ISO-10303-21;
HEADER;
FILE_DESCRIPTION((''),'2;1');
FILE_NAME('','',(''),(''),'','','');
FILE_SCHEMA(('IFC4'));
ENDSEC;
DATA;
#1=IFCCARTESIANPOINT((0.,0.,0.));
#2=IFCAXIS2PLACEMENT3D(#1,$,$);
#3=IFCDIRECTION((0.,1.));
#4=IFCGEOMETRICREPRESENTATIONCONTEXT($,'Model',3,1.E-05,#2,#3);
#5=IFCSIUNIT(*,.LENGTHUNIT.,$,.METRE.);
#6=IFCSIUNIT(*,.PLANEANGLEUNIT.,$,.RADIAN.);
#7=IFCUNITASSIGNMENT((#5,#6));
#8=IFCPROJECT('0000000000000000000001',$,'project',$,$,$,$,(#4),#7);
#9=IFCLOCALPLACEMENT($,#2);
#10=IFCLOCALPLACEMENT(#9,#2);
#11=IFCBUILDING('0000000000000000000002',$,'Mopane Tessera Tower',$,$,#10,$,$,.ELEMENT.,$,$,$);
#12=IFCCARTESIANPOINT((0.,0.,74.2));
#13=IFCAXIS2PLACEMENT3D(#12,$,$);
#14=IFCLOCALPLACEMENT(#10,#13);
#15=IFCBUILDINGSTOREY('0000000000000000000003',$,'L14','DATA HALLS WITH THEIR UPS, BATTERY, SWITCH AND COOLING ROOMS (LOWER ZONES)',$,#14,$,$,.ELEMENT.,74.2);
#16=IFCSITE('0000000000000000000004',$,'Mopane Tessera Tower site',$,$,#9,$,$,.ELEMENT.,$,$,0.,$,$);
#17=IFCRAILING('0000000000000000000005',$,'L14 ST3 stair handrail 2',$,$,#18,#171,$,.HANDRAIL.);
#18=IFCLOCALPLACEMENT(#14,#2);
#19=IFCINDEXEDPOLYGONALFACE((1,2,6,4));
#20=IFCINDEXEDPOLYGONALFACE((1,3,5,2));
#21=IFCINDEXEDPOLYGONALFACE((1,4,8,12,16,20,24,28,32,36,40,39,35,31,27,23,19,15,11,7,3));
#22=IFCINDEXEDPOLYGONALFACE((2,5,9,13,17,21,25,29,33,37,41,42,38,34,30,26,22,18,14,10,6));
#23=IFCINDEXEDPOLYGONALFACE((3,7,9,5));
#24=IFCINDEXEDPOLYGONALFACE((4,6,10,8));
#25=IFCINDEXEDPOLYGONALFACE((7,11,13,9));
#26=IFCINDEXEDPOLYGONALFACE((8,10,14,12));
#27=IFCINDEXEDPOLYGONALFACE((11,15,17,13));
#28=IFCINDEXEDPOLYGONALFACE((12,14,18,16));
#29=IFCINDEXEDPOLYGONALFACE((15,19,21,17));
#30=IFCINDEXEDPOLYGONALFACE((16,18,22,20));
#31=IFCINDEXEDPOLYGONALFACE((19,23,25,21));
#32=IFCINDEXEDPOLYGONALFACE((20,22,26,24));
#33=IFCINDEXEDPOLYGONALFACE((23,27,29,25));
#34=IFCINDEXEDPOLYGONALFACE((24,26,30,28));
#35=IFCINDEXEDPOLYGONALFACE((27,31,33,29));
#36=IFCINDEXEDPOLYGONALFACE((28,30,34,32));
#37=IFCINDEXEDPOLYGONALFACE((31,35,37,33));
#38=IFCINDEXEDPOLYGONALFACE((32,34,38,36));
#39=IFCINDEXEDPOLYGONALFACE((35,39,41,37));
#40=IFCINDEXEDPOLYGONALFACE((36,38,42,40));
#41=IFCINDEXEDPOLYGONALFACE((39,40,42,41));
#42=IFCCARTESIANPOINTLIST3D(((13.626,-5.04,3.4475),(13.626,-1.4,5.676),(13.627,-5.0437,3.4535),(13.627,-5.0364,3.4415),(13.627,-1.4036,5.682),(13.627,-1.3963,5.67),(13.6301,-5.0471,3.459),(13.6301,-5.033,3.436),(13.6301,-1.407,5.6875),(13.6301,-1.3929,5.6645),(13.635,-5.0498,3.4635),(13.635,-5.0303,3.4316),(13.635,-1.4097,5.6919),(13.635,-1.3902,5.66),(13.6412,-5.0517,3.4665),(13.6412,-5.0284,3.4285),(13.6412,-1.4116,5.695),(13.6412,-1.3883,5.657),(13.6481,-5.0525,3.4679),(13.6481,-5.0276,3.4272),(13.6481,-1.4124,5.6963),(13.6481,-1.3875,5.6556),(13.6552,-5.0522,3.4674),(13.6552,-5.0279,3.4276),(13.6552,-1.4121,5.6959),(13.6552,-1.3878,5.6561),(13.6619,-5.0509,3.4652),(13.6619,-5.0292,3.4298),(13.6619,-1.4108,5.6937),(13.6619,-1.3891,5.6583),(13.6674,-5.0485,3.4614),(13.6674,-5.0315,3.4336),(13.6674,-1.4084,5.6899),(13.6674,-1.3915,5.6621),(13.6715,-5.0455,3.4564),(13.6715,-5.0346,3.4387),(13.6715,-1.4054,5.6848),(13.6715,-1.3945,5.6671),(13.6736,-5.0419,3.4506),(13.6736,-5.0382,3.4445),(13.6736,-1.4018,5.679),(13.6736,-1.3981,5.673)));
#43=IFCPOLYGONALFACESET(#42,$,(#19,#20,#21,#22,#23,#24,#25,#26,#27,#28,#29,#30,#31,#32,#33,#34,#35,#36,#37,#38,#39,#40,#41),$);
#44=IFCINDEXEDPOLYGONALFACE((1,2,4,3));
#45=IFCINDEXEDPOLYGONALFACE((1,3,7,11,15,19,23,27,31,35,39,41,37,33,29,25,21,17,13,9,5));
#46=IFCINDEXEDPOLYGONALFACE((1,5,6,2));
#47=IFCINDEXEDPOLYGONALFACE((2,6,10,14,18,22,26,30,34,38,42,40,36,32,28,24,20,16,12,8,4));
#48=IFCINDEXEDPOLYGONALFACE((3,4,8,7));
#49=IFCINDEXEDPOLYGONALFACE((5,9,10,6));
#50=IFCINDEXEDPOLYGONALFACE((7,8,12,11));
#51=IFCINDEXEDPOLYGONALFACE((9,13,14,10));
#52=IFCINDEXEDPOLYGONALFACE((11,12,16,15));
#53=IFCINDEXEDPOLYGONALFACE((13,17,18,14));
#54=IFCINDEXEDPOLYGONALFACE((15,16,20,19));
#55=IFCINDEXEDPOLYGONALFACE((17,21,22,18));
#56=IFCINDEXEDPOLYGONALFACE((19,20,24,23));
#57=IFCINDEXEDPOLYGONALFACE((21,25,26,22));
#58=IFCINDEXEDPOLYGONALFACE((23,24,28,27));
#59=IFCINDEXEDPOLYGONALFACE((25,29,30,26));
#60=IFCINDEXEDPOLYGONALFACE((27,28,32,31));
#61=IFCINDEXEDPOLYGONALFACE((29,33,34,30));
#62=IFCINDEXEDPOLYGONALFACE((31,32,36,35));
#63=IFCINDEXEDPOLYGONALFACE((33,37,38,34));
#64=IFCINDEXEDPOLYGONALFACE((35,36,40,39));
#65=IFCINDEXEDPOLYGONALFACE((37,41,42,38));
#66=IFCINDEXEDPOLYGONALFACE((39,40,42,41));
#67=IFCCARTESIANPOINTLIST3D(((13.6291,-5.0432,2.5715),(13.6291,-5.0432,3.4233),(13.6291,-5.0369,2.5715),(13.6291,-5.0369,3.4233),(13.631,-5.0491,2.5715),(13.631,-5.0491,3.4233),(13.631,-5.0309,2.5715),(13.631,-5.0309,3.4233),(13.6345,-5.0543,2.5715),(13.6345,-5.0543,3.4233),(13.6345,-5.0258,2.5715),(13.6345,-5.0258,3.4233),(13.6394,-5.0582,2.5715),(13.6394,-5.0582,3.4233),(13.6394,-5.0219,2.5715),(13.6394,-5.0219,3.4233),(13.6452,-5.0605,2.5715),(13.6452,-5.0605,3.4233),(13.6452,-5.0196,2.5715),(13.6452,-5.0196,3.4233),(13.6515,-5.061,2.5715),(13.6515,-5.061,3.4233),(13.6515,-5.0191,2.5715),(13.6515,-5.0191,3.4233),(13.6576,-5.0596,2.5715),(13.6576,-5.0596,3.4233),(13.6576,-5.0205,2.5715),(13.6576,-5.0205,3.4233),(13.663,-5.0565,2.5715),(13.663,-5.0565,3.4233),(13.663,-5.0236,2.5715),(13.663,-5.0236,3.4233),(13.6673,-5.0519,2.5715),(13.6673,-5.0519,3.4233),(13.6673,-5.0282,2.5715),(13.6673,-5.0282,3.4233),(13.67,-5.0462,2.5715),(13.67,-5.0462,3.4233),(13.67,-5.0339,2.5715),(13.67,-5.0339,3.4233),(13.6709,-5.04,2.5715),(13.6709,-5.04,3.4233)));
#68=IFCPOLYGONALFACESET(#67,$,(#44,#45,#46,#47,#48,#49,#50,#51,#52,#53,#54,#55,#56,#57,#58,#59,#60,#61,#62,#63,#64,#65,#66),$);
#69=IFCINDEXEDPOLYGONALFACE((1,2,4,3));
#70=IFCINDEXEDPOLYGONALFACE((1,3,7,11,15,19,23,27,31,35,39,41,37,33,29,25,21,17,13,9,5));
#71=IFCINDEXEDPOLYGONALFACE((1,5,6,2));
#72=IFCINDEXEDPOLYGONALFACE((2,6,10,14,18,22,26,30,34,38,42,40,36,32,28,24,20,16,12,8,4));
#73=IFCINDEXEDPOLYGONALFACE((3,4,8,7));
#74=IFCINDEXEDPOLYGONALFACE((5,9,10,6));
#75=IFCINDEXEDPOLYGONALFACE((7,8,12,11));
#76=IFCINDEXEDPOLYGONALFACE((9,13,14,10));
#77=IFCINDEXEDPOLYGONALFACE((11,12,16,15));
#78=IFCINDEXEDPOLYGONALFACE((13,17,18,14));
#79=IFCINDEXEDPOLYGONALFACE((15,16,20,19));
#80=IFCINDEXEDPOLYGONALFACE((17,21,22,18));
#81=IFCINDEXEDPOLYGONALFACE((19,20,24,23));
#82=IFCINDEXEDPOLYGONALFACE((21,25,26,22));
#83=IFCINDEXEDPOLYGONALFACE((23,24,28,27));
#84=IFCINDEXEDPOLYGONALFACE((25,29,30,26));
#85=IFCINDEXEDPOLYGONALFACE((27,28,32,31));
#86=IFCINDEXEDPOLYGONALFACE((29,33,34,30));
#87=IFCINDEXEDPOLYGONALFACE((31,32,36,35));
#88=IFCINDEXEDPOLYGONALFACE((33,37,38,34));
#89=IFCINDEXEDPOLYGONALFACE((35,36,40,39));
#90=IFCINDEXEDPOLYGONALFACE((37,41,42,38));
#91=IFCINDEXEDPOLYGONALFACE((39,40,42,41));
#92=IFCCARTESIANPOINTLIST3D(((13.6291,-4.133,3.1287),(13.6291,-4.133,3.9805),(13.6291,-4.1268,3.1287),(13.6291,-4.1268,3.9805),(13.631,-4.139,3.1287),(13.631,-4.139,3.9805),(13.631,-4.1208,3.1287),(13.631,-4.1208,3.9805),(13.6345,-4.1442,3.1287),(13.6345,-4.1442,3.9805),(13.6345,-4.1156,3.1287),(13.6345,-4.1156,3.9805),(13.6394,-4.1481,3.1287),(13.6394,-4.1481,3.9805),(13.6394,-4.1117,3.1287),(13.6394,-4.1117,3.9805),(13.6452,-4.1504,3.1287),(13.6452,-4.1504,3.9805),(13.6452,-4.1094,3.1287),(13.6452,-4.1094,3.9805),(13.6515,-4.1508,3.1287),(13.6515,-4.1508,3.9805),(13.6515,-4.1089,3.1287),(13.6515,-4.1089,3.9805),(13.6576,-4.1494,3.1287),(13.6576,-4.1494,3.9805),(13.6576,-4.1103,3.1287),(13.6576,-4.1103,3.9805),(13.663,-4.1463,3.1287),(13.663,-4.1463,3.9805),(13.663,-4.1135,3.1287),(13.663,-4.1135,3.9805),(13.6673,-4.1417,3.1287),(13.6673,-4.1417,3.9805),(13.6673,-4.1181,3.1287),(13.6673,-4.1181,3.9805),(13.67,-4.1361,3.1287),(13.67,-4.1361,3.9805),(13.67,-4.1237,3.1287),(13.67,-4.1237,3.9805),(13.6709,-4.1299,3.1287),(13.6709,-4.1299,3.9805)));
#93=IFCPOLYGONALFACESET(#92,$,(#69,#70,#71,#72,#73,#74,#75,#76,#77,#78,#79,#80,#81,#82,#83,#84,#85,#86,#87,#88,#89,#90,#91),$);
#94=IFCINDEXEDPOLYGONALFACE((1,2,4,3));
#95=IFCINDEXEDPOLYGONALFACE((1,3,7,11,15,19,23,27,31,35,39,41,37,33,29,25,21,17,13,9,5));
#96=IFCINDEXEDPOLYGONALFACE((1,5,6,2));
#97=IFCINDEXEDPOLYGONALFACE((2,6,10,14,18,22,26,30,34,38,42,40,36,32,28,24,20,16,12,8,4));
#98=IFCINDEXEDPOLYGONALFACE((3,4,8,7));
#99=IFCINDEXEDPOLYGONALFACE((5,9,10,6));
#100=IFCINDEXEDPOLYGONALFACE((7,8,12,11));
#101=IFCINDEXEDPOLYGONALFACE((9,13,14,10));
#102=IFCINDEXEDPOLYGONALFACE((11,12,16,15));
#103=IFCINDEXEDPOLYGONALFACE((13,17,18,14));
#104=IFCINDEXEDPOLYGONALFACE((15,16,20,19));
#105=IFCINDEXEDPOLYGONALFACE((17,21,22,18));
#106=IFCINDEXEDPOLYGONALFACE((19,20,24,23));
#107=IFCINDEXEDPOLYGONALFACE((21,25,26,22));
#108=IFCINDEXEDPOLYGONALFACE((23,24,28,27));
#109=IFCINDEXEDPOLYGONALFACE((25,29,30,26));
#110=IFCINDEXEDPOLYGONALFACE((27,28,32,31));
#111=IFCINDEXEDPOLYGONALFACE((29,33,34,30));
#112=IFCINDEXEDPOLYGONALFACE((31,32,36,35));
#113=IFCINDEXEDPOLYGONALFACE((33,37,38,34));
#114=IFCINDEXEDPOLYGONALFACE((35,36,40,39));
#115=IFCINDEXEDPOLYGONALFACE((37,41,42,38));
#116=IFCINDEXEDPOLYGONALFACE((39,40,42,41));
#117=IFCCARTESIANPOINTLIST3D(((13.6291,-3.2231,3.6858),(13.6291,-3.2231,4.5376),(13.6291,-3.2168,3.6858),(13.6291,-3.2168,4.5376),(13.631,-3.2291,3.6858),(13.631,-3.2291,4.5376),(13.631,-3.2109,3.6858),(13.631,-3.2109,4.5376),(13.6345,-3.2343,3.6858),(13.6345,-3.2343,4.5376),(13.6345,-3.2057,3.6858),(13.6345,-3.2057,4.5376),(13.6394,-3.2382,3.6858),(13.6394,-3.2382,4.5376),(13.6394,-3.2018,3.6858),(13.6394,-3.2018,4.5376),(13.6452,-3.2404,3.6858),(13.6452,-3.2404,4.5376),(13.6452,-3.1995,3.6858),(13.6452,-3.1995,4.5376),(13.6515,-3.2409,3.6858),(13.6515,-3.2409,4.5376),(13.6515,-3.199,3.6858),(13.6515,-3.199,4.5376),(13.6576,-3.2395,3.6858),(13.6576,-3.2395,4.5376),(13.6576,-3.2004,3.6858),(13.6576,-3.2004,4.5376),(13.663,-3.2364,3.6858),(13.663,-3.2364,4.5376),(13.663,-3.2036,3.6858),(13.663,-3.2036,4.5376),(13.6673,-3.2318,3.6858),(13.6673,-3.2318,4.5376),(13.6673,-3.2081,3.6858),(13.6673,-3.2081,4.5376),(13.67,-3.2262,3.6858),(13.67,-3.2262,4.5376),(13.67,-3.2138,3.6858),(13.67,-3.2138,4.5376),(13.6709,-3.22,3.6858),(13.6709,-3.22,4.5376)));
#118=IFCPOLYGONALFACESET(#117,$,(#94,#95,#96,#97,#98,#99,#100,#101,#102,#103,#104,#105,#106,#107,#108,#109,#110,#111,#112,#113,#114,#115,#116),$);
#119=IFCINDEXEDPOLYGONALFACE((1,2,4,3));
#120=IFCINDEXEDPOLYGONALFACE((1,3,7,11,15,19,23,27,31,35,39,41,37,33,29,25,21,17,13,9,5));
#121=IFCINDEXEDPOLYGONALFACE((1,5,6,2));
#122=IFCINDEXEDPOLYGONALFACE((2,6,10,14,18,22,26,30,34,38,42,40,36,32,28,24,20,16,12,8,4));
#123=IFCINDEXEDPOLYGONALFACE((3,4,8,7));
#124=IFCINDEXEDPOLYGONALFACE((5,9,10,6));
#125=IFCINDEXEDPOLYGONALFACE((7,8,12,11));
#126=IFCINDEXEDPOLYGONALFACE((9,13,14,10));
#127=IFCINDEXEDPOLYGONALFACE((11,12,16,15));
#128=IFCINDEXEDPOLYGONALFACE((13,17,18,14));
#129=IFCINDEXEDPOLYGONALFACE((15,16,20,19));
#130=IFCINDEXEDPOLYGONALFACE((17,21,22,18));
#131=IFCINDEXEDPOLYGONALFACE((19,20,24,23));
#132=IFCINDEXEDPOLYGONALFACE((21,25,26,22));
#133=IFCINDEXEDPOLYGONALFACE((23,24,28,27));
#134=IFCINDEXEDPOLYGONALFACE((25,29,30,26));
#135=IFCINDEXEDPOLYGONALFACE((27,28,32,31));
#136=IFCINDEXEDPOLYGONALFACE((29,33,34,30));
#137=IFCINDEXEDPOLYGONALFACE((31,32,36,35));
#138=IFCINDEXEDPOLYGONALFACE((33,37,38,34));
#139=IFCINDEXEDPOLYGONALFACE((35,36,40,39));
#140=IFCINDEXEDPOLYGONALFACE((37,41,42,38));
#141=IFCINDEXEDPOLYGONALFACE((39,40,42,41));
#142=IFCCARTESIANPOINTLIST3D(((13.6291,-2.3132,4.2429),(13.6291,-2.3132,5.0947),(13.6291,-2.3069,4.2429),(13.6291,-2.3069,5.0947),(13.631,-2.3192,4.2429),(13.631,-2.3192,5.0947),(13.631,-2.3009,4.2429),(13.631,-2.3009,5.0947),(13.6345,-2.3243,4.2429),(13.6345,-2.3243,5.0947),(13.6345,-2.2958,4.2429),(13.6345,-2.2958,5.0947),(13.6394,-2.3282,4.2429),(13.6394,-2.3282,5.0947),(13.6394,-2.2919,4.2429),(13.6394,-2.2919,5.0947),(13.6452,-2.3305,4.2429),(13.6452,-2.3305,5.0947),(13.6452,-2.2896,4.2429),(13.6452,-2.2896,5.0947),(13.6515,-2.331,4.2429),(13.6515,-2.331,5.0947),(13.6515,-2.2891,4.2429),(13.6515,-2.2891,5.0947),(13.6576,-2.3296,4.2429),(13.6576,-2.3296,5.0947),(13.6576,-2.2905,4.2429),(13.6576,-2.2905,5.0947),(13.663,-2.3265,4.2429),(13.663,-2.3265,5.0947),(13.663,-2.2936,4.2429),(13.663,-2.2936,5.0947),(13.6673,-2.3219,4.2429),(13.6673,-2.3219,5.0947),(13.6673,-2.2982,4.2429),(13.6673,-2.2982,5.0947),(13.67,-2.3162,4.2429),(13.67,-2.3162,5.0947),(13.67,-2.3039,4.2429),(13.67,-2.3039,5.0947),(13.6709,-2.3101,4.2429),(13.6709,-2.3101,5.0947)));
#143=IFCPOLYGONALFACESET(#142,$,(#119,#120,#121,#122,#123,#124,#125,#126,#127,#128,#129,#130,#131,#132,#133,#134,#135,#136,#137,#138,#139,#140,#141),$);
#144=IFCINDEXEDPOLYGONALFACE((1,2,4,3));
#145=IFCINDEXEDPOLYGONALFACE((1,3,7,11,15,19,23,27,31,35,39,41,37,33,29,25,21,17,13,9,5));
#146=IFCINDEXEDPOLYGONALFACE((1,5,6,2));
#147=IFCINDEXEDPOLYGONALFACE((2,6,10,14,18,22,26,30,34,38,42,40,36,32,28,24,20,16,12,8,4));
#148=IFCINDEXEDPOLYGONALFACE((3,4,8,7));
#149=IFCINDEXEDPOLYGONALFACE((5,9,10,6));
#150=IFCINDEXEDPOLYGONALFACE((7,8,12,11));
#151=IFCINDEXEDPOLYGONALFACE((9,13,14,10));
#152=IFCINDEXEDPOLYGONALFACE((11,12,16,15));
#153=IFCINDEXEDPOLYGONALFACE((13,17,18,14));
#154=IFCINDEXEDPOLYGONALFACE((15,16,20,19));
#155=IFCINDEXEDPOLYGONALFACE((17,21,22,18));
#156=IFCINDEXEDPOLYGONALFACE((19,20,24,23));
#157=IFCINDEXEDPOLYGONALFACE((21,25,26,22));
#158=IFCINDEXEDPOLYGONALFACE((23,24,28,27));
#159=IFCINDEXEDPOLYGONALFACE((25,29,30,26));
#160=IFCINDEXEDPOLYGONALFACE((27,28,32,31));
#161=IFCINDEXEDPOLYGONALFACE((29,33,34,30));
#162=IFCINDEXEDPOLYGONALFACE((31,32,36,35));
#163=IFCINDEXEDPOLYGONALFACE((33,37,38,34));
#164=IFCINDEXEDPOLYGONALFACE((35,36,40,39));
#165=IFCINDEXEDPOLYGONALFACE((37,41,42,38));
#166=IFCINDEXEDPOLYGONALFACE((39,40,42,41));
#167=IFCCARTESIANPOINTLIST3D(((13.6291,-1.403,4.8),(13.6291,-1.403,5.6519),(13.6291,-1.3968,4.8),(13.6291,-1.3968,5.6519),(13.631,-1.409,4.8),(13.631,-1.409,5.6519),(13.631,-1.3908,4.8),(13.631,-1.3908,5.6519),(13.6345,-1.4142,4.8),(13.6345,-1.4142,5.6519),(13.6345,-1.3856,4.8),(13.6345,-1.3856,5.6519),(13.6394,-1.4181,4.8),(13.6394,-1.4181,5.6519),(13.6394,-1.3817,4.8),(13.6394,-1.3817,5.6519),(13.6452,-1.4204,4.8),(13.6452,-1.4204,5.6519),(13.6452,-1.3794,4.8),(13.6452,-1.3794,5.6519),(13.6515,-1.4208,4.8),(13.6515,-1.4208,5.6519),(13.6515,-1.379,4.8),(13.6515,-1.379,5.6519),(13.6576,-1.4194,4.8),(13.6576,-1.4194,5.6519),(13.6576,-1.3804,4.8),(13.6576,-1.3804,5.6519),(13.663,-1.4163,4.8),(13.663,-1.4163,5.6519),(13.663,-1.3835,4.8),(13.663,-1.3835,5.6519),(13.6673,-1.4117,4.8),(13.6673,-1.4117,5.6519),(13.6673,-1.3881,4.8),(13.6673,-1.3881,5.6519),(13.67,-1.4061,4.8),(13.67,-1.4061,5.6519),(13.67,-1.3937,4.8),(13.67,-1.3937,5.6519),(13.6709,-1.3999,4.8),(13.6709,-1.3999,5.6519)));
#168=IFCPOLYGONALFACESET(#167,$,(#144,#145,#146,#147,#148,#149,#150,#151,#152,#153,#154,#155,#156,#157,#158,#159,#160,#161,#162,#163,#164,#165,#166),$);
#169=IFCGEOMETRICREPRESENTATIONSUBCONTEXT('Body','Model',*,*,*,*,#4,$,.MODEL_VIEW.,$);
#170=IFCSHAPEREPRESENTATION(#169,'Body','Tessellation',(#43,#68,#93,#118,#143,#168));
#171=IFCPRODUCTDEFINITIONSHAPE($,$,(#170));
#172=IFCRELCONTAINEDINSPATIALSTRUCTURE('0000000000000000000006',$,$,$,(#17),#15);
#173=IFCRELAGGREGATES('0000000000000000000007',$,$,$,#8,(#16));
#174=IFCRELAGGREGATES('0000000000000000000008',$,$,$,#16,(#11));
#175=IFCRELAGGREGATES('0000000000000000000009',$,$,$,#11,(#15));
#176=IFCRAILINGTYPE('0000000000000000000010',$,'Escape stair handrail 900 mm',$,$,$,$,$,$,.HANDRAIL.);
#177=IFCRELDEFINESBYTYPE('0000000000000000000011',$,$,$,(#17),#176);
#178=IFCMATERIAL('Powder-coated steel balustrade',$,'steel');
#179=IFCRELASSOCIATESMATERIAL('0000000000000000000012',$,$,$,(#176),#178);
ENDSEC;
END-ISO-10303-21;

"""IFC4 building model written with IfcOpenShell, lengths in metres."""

from ifc_helpers import new_model, si_unit, direction, frame, origin, origin_2d, place, context, subcontext, project, spatial, circle, extrude, material, type_object, element, save


model = new_model("IFC4")

# Units and contexts
model_context = context("Model", 3, precision=1e-05, world=origin(), true_north=direction((0.0, 1.0)))
body_context = subcontext(model_context, "Body", "Model", "MODEL_VIEW")
ifc_project = project(units=[si_unit("LENGTHUNIT", "METRE"), si_unit("PLANEANGLEUNIT", "RADIAN")], contexts=[model_context])

# Site, building, storey
site_placement = place(None, origin())
site = spatial("IfcSite", under=ifc_project, at=site_placement, Name="Mopane Tessera Tower site", CompositionType="ELEMENT", RefElevation=0.0)
building_placement = place(site_placement, origin())
building = spatial("IfcBuilding", under=site, at=building_placement, Name="Mopane Tessera Tower", CompositionType="ELEMENT")
storey_placement = place(building_placement, frame((0.0, 0.0, 74.2)))
storey = spatial("IfcBuildingStorey", under=building, at=storey_placement, Name="L14", Description="DATA HALLS WITH THEIR UPS, BATTERY, SWITCH AND COOLING ROOMS (LOWER ZONES)", CompositionType="ELEMENT", Elevation=74.2)

# Railing
ifc_material_1 = material(Name="Powder-coated steel balustrade", Category="steel")
railing_type_1 = type_object("IfcRailingType", Name="Escape stair handrail 900 mm", PredefinedType="HANDRAIL", material=ifc_material_1)
railing_1_placement = place(storey_placement, frame((13.6499, -5.04, 2.5715)))
element("IfcRailing", 1, at=railing_1_placement, inside=storey, type_object=railing_type_1, Name="L14 ST3 stair handrail 2", PredefinedType="HANDRAIL", context=body_context, shape_type="SweptSolid", body=[
    extrude(circle(Radius=0.0239, at=origin_2d()), frame((0.0, 0.0, 0.876), z_axis=(0.0, 0.852866, 0.52213), x_axis=(-1.0, 0.0, 0.0)), (0.0, 0.0, 1.0), 4.2681),
    extrude(circle(Radius=0.021, at=origin_2d()), origin(), (0.0, 0.0, 1.0), 0.8518),
    extrude(circle(Radius=0.021, at=origin_2d()), frame((0.0, 0.9102, 0.5571)), (0.0, 0.0, 1.0), 0.8518),
    extrude(circle(Radius=0.021, at=origin_2d()), frame((0.0, 1.8201, 1.1143)), (0.0, 0.0, 1.0), 0.8518),
    extrude(circle(Radius=0.021, at=origin_2d()), frame((0.0, 2.73, 1.6714)), (0.0, 0.0, 1.0), 0.8518),
    extrude(circle(Radius=0.021, at=origin_2d()), frame((0.0, 3.6401, 2.2285)), (0.0, 0.0, 1.0), 0.8518),
])

save(model, "model.ifc")
